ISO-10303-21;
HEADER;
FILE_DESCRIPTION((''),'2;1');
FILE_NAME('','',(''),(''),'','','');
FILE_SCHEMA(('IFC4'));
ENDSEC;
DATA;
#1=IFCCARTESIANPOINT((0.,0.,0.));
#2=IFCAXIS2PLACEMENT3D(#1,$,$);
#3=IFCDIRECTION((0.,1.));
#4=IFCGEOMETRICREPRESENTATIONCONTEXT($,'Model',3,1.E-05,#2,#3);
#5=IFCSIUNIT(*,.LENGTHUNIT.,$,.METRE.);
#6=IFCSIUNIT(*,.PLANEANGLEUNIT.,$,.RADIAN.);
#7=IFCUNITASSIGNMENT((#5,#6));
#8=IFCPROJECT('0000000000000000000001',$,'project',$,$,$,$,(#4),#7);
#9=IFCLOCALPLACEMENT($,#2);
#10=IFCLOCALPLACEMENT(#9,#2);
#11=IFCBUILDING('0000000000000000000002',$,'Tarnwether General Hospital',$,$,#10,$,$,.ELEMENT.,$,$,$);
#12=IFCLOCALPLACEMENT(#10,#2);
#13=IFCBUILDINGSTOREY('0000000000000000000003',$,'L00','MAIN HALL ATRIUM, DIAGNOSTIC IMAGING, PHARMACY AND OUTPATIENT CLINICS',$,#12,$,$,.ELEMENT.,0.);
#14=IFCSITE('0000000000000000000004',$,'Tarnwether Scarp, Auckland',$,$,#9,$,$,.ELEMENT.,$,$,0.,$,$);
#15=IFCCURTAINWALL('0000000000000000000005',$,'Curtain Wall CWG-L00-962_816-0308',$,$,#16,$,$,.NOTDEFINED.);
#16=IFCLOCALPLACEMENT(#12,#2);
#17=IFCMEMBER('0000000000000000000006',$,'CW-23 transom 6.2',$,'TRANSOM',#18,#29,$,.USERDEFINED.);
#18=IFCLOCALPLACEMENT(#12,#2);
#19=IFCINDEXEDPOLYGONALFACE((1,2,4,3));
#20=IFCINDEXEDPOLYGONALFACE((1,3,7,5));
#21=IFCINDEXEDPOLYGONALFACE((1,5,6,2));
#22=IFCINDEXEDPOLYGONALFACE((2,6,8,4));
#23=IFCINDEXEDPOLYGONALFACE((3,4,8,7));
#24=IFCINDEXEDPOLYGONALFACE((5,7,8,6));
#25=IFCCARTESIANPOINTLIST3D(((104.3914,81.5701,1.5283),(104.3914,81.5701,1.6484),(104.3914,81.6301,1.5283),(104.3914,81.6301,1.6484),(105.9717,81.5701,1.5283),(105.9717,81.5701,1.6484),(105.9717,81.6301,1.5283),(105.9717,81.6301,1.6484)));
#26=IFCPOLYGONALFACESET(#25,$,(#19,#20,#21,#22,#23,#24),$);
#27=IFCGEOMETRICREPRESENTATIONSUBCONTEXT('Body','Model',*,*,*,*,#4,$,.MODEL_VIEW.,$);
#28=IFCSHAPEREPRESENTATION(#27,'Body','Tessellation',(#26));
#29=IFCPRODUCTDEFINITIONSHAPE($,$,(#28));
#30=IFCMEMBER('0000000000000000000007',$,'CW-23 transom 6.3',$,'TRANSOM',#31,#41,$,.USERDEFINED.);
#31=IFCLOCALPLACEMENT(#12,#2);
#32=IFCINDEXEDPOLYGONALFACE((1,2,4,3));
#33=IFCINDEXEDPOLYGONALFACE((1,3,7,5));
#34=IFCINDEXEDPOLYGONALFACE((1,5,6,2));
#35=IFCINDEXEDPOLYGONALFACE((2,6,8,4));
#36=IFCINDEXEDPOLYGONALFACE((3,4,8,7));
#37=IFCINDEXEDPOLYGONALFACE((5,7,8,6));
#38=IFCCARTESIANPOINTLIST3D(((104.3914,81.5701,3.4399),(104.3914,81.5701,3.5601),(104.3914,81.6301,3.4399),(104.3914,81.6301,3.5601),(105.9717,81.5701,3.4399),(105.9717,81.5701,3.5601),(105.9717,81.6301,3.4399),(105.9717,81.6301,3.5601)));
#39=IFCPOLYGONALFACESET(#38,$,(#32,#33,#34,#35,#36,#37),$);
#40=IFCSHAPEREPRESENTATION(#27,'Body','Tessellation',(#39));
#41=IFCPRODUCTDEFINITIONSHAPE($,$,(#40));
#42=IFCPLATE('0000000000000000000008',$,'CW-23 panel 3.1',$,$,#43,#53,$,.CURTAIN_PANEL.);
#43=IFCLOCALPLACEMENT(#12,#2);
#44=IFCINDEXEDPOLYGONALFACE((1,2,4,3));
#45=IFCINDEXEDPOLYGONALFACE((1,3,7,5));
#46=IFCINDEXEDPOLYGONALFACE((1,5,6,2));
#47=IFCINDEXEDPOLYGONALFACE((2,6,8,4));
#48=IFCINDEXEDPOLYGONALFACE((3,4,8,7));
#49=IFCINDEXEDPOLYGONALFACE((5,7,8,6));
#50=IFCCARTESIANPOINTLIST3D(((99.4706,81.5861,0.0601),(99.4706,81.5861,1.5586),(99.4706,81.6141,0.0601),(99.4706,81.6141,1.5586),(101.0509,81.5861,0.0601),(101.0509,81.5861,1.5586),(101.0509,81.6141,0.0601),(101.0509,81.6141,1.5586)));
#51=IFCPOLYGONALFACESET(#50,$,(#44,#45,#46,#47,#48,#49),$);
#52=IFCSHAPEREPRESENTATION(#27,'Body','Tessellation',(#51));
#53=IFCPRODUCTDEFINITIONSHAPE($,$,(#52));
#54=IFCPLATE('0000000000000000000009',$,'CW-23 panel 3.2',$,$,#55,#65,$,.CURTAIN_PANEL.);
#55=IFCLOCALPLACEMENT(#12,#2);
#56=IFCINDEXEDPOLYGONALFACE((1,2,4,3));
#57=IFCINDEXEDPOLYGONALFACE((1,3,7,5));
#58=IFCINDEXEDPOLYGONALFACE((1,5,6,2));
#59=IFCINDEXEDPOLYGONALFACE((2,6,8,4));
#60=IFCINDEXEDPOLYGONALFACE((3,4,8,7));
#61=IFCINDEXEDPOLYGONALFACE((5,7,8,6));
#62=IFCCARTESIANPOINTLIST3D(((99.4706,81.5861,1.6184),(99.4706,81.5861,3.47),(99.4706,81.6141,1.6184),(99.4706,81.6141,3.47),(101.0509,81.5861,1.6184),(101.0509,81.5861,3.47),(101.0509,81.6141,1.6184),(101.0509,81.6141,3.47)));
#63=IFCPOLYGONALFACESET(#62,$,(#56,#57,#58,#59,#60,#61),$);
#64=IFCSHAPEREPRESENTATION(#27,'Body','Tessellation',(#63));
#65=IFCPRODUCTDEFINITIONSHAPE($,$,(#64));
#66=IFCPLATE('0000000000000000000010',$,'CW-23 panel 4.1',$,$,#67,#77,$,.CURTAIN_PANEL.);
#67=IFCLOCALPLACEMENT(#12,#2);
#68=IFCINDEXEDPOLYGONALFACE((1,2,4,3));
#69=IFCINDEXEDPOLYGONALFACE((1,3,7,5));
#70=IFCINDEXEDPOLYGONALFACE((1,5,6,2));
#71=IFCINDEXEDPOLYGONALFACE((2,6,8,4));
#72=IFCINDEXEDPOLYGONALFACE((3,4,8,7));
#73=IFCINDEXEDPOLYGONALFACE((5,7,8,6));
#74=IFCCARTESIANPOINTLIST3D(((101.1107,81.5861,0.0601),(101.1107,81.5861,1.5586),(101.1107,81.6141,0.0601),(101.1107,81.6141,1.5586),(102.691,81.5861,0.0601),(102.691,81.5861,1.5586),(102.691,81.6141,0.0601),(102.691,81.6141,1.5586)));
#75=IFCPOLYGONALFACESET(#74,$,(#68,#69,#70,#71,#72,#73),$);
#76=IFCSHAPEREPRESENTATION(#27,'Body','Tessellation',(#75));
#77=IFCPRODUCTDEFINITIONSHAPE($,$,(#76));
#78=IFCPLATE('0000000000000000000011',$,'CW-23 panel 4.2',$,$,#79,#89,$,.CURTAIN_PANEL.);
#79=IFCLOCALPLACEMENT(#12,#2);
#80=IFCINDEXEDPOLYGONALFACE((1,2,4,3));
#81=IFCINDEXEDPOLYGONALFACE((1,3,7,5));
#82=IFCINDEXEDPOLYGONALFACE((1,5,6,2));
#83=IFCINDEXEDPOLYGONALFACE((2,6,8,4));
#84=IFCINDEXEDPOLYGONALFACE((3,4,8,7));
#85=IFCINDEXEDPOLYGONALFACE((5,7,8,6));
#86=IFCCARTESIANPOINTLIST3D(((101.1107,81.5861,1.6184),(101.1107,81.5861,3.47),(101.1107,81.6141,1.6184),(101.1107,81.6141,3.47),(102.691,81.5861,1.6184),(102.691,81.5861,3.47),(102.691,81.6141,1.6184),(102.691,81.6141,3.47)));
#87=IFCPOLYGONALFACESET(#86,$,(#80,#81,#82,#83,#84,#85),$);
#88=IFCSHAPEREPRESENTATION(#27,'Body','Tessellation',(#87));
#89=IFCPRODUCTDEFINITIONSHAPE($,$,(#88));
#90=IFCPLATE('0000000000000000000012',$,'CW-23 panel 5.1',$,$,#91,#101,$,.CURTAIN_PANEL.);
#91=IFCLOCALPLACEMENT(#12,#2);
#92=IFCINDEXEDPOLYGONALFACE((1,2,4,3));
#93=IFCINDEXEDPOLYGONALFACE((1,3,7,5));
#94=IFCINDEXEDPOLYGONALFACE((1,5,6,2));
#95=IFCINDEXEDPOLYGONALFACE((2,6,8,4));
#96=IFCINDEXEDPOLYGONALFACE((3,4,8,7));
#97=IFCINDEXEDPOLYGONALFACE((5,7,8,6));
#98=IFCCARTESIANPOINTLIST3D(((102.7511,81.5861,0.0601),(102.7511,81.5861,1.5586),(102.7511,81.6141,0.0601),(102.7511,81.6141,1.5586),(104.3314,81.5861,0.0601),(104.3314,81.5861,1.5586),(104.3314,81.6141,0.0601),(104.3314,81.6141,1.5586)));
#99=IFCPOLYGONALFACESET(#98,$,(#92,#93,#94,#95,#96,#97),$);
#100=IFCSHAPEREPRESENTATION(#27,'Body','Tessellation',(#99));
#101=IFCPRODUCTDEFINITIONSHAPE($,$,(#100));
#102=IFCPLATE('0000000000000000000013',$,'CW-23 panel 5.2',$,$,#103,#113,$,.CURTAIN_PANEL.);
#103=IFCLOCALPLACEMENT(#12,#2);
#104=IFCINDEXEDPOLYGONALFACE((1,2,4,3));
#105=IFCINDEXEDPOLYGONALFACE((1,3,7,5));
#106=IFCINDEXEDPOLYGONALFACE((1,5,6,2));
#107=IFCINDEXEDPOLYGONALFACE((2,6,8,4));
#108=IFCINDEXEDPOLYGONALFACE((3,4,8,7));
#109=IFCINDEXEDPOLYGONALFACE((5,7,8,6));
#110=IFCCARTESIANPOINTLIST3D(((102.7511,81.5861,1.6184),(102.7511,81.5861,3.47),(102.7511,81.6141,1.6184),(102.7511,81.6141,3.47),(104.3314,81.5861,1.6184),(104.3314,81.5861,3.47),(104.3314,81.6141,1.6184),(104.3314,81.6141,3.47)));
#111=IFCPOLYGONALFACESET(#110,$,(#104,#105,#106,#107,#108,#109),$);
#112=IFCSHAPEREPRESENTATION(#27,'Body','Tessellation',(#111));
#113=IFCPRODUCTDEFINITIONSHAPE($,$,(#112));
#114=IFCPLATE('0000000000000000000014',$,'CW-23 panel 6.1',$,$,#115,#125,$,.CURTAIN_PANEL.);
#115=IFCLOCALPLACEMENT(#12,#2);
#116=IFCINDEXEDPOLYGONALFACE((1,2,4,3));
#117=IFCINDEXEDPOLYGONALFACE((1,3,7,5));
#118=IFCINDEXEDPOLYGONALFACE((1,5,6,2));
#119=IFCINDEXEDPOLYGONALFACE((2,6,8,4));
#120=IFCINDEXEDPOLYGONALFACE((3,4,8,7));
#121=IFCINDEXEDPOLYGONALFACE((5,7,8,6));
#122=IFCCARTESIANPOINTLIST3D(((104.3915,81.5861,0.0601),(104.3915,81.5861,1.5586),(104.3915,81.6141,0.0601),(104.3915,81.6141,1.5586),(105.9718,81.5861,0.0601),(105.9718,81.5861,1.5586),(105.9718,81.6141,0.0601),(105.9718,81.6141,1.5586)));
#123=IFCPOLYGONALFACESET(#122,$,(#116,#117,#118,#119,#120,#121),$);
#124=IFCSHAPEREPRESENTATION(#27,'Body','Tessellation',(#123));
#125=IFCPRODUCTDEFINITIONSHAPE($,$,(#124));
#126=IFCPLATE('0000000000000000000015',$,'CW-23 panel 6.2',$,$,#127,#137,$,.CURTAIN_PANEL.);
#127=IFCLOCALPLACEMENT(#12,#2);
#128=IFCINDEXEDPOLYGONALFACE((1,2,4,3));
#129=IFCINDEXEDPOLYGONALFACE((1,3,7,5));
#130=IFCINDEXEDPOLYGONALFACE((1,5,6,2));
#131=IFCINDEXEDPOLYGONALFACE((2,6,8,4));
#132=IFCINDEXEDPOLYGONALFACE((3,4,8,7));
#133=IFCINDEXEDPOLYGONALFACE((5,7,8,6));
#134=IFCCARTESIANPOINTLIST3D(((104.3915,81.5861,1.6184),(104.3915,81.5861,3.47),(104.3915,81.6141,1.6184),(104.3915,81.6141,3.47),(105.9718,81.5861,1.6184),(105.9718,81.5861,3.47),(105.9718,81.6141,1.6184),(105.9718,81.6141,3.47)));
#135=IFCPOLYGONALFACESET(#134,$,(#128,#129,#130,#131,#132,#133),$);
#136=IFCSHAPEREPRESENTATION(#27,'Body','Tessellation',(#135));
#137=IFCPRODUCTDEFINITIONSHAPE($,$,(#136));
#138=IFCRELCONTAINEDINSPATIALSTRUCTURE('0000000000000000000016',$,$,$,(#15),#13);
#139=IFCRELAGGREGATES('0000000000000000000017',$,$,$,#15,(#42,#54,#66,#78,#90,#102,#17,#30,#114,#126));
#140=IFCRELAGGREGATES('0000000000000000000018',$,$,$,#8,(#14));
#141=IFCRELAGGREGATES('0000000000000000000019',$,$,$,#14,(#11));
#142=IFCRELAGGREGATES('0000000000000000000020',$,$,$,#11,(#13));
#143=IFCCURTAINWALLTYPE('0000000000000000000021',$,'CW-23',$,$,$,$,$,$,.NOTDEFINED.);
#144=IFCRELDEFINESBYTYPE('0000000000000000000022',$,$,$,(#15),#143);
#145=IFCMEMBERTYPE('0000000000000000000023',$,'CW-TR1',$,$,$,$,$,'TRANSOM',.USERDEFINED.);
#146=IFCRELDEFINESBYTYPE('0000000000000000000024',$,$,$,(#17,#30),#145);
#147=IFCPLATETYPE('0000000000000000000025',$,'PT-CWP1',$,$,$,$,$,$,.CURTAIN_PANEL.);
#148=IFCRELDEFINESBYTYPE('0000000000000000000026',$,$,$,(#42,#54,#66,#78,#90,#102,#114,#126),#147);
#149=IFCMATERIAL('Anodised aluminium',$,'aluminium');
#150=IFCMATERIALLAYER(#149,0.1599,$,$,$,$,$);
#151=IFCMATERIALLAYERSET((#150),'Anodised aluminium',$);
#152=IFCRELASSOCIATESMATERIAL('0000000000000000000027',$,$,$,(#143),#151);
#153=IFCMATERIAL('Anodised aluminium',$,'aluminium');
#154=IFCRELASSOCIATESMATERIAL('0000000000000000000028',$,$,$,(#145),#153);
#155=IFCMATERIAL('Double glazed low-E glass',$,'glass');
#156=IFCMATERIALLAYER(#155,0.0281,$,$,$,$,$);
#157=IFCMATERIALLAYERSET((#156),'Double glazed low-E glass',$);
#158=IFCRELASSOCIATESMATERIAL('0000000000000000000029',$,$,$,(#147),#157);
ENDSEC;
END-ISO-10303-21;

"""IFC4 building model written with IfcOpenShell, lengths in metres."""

from ifc_helpers import new_model, si_unit, direction, frame, origin, origin_2d, place, context, subcontext, project, spatial, rectangle, extrude, material, layer, layer_set, material_profile, profile_set, type_object, element, aggregate, save


model = new_model("IFC4")

# Units and contexts
model_context = context("Model", 3, precision=1e-05, world=origin(), true_north=direction((0.0, 1.0)))
body_context = subcontext(model_context, "Body", "Model", "MODEL_VIEW")
ifc_project = project(units=[si_unit("LENGTHUNIT", "METRE"), si_unit("PLANEANGLEUNIT", "RADIAN")], contexts=[model_context])

# Site, building, storey
site_placement = place(None, origin())
site = spatial("IfcSite", under=ifc_project, at=site_placement, Name="Tarnwether Scarp, Auckland", CompositionType="ELEMENT", RefElevation=0.0)
building_placement = place(site_placement, origin())
building = spatial("IfcBuilding", under=site, at=building_placement, Name="Tarnwether General Hospital", CompositionType="ELEMENT")
storey_placement = place(building_placement, origin())
storey = spatial("IfcBuildingStorey", under=building, at=storey_placement, Name="L00", Description="MAIN HALL ATRIUM, DIAGNOSTIC IMAGING, PHARMACY AND OUTPATIENT CLINICS", CompositionType="ELEMENT", Elevation=0.0)

# Curtain wall, members, plates
ifc_material_1 = material(Name="Anodised aluminium", Category="aluminium")
ifc_layer_1 = layer(ifc_material_1, 0.1599)
ifc_layer_set_1 = layer_set([ifc_layer_1], Name="Anodised aluminium")
curtain_wall_type = type_object("IfcCurtainWallType", Name="CW-23", PredefinedType="NOTDEFINED", material=ifc_layer_set_1)
curtain_wall_placement = place(storey_placement, origin())
curtain_wall = element("IfcCurtainWall", 1, at=curtain_wall_placement, inside=storey, type_object=curtain_wall_type, Name="Curtain Wall CWG-L00-962_816-0308", PredefinedType="NOTDEFINED")
ifc_material_2 = material(Name="Anodised aluminium", Category="aluminium")
ifc_material_profile_1 = material_profile(ifc_material_2, rectangle(XDim=0.0601, YDim=0.1201, at=origin_2d()), Name="ALU-TRN-60x120")
ifc_profile_set_1 = profile_set([ifc_material_profile_1], Name="Anodised aluminium")
member_type_1 = type_object("IfcMemberType", Name="CW-TR1", ElementType="TRANSOM", PredefinedType="USERDEFINED", material=ifc_profile_set_1)
member_1_placement = place(storey_placement, frame((104.3914, 81.6001, 1.5884), z_axis=(1.0, 0.0, 0.0), x_axis=(0.0, 1.0, 0.0)))
member_1 = element("IfcMember", 2, at=member_1_placement, type_object=member_type_1, Name="CW-23 transom 6.2", ObjectType="TRANSOM", PredefinedType="USERDEFINED", context=body_context, shape_type="SweptSolid", body=[
    extrude(rectangle(XDim=0.0601, YDim=0.1201, at=origin_2d()), origin(), (0.0, 0.0, 1.0), 1.5803),
])
member_2_placement = place(storey_placement, frame((104.3914, 81.6001, 3.5), z_axis=(1.0, 0.0, 0.0), x_axis=(0.0, 1.0, 0.0)))
member_2 = element("IfcMember", 3, at=member_2_placement, type_object=member_type_1, Name="CW-23 transom 6.3", ObjectType="TRANSOM", PredefinedType="USERDEFINED", context=body_context, shape_type="SweptSolid", body=[
    extrude(rectangle(XDim=0.0601, YDim=0.1201, at=origin_2d()), origin(), (0.0, 0.0, 1.0), 1.5803),
])
ifc_material_3 = material(Name="Double glazed low-E glass", Category="glass")
ifc_layer_2 = layer(ifc_material_3, 0.0281)
ifc_layer_set_2 = layer_set([ifc_layer_2], Name="Double glazed low-E glass")
plate_type = type_object("IfcPlateType", Name="PT-CWP1", PredefinedType="CURTAIN_PANEL", material=ifc_layer_set_2)
plate_1_placement = place(storey_placement, frame((100.2607, 81.6001, 0.0601), z_axis=(0.0, 0.0, 1.0), x_axis=(1.0, 0.0, 0.0)))
plate_1 = element("IfcPlate", 4, at=plate_1_placement, type_object=plate_type, Name="CW-23 panel 3.1", PredefinedType="CURTAIN_PANEL", context=body_context, shape_type="SweptSolid", body=[
    extrude(rectangle(XDim=1.5803, YDim=0.0281, at=origin_2d()), origin(), (0.0, 0.0, 1.0), 1.4985),
])
plate_2_placement = place(storey_placement, frame((100.2607, 81.6001, 1.6184), z_axis=(0.0, 0.0, 1.0), x_axis=(1.0, 0.0, 0.0)))
plate_2 = element("IfcPlate", 5, at=plate_2_placement, type_object=plate_type, Name="CW-23 panel 3.2", PredefinedType="CURTAIN_PANEL", context=body_context, shape_type="SweptSolid", body=[
    extrude(rectangle(XDim=1.5803, YDim=0.0281, at=origin_2d()), origin(), (0.0, 0.0, 1.0), 1.8516),
])
plate_3_placement = place(storey_placement, frame((101.9009, 81.6001, 0.0601), z_axis=(0.0, 0.0, 1.0), x_axis=(1.0, 0.0, 0.0)))
plate_3 = element("IfcPlate", 6, at=plate_3_placement, type_object=plate_type, Name="CW-23 panel 4.1", PredefinedType="CURTAIN_PANEL", context=body_context, shape_type="SweptSolid", body=[
    extrude(rectangle(XDim=1.5803, YDim=0.0281, at=origin_2d()), origin(), (0.0, 0.0, 1.0), 1.4985),
])
plate_4_placement = place(storey_placement, frame((101.9009, 81.6001, 1.6184), z_axis=(0.0, 0.0, 1.0), x_axis=(1.0, 0.0, 0.0)))
plate_4 = element("IfcPlate", 7, at=plate_4_placement, type_object=plate_type, Name="CW-23 panel 4.2", PredefinedType="CURTAIN_PANEL", context=body_context, shape_type="SweptSolid", body=[
    extrude(rectangle(XDim=1.5803, YDim=0.0281, at=origin_2d()), origin(), (0.0, 0.0, 1.0), 1.8516),
])
plate_5_placement = place(storey_placement, frame((103.5413, 81.6001, 0.0601), z_axis=(0.0, 0.0, 1.0), x_axis=(1.0, 0.0, 0.0)))
plate_5 = element("IfcPlate", 8, at=plate_5_placement, type_object=plate_type, Name="CW-23 panel 5.1", PredefinedType="CURTAIN_PANEL", context=body_context, shape_type="SweptSolid", body=[
    extrude(rectangle(XDim=1.5803, YDim=0.0281, at=origin_2d()), origin(), (0.0, 0.0, 1.0), 1.4985),
])
plate_6_placement = place(storey_placement, frame((103.5413, 81.6001, 1.6184), z_axis=(0.0, 0.0, 1.0), x_axis=(1.0, 0.0, 0.0)))
plate_6 = element("IfcPlate", 9, at=plate_6_placement, type_object=plate_type, Name="CW-23 panel 5.2", PredefinedType="CURTAIN_PANEL", context=body_context, shape_type="SweptSolid", body=[
    extrude(rectangle(XDim=1.5803, YDim=0.0281, at=origin_2d()), origin(), (0.0, 0.0, 1.0), 1.8516),
])
plate_7_placement = place(storey_placement, frame((105.1816, 81.6001, 0.0601), z_axis=(0.0, 0.0, 1.0), x_axis=(1.0, 0.0, 0.0)))
plate_7 = element("IfcPlate", 10, at=plate_7_placement, type_object=plate_type, Name="CW-23 panel 6.1", PredefinedType="CURTAIN_PANEL", context=body_context, shape_type="SweptSolid", body=[
    extrude(rectangle(XDim=1.5803, YDim=0.0281, at=origin_2d()), origin(), (0.0, 0.0, 1.0), 1.4985),
])
plate_8_placement = place(storey_placement, frame((105.1816, 81.6001, 1.6184), z_axis=(0.0, 0.0, 1.0), x_axis=(1.0, 0.0, 0.0)))
plate_8 = element("IfcPlate", 11, at=plate_8_placement, type_object=plate_type, Name="CW-23 panel 6.2", PredefinedType="CURTAIN_PANEL", context=body_context, shape_type="SweptSolid", body=[
    extrude(rectangle(XDim=1.5803, YDim=0.0281, at=origin_2d()), origin(), (0.0, 0.0, 1.0), 1.8516),
])
aggregate(curtain_wall, [plate_1, plate_2, plate_3, plate_4, plate_5, plate_6, member_1, member_2, plate_7, plate_8])

save(model, "model.ifc")
